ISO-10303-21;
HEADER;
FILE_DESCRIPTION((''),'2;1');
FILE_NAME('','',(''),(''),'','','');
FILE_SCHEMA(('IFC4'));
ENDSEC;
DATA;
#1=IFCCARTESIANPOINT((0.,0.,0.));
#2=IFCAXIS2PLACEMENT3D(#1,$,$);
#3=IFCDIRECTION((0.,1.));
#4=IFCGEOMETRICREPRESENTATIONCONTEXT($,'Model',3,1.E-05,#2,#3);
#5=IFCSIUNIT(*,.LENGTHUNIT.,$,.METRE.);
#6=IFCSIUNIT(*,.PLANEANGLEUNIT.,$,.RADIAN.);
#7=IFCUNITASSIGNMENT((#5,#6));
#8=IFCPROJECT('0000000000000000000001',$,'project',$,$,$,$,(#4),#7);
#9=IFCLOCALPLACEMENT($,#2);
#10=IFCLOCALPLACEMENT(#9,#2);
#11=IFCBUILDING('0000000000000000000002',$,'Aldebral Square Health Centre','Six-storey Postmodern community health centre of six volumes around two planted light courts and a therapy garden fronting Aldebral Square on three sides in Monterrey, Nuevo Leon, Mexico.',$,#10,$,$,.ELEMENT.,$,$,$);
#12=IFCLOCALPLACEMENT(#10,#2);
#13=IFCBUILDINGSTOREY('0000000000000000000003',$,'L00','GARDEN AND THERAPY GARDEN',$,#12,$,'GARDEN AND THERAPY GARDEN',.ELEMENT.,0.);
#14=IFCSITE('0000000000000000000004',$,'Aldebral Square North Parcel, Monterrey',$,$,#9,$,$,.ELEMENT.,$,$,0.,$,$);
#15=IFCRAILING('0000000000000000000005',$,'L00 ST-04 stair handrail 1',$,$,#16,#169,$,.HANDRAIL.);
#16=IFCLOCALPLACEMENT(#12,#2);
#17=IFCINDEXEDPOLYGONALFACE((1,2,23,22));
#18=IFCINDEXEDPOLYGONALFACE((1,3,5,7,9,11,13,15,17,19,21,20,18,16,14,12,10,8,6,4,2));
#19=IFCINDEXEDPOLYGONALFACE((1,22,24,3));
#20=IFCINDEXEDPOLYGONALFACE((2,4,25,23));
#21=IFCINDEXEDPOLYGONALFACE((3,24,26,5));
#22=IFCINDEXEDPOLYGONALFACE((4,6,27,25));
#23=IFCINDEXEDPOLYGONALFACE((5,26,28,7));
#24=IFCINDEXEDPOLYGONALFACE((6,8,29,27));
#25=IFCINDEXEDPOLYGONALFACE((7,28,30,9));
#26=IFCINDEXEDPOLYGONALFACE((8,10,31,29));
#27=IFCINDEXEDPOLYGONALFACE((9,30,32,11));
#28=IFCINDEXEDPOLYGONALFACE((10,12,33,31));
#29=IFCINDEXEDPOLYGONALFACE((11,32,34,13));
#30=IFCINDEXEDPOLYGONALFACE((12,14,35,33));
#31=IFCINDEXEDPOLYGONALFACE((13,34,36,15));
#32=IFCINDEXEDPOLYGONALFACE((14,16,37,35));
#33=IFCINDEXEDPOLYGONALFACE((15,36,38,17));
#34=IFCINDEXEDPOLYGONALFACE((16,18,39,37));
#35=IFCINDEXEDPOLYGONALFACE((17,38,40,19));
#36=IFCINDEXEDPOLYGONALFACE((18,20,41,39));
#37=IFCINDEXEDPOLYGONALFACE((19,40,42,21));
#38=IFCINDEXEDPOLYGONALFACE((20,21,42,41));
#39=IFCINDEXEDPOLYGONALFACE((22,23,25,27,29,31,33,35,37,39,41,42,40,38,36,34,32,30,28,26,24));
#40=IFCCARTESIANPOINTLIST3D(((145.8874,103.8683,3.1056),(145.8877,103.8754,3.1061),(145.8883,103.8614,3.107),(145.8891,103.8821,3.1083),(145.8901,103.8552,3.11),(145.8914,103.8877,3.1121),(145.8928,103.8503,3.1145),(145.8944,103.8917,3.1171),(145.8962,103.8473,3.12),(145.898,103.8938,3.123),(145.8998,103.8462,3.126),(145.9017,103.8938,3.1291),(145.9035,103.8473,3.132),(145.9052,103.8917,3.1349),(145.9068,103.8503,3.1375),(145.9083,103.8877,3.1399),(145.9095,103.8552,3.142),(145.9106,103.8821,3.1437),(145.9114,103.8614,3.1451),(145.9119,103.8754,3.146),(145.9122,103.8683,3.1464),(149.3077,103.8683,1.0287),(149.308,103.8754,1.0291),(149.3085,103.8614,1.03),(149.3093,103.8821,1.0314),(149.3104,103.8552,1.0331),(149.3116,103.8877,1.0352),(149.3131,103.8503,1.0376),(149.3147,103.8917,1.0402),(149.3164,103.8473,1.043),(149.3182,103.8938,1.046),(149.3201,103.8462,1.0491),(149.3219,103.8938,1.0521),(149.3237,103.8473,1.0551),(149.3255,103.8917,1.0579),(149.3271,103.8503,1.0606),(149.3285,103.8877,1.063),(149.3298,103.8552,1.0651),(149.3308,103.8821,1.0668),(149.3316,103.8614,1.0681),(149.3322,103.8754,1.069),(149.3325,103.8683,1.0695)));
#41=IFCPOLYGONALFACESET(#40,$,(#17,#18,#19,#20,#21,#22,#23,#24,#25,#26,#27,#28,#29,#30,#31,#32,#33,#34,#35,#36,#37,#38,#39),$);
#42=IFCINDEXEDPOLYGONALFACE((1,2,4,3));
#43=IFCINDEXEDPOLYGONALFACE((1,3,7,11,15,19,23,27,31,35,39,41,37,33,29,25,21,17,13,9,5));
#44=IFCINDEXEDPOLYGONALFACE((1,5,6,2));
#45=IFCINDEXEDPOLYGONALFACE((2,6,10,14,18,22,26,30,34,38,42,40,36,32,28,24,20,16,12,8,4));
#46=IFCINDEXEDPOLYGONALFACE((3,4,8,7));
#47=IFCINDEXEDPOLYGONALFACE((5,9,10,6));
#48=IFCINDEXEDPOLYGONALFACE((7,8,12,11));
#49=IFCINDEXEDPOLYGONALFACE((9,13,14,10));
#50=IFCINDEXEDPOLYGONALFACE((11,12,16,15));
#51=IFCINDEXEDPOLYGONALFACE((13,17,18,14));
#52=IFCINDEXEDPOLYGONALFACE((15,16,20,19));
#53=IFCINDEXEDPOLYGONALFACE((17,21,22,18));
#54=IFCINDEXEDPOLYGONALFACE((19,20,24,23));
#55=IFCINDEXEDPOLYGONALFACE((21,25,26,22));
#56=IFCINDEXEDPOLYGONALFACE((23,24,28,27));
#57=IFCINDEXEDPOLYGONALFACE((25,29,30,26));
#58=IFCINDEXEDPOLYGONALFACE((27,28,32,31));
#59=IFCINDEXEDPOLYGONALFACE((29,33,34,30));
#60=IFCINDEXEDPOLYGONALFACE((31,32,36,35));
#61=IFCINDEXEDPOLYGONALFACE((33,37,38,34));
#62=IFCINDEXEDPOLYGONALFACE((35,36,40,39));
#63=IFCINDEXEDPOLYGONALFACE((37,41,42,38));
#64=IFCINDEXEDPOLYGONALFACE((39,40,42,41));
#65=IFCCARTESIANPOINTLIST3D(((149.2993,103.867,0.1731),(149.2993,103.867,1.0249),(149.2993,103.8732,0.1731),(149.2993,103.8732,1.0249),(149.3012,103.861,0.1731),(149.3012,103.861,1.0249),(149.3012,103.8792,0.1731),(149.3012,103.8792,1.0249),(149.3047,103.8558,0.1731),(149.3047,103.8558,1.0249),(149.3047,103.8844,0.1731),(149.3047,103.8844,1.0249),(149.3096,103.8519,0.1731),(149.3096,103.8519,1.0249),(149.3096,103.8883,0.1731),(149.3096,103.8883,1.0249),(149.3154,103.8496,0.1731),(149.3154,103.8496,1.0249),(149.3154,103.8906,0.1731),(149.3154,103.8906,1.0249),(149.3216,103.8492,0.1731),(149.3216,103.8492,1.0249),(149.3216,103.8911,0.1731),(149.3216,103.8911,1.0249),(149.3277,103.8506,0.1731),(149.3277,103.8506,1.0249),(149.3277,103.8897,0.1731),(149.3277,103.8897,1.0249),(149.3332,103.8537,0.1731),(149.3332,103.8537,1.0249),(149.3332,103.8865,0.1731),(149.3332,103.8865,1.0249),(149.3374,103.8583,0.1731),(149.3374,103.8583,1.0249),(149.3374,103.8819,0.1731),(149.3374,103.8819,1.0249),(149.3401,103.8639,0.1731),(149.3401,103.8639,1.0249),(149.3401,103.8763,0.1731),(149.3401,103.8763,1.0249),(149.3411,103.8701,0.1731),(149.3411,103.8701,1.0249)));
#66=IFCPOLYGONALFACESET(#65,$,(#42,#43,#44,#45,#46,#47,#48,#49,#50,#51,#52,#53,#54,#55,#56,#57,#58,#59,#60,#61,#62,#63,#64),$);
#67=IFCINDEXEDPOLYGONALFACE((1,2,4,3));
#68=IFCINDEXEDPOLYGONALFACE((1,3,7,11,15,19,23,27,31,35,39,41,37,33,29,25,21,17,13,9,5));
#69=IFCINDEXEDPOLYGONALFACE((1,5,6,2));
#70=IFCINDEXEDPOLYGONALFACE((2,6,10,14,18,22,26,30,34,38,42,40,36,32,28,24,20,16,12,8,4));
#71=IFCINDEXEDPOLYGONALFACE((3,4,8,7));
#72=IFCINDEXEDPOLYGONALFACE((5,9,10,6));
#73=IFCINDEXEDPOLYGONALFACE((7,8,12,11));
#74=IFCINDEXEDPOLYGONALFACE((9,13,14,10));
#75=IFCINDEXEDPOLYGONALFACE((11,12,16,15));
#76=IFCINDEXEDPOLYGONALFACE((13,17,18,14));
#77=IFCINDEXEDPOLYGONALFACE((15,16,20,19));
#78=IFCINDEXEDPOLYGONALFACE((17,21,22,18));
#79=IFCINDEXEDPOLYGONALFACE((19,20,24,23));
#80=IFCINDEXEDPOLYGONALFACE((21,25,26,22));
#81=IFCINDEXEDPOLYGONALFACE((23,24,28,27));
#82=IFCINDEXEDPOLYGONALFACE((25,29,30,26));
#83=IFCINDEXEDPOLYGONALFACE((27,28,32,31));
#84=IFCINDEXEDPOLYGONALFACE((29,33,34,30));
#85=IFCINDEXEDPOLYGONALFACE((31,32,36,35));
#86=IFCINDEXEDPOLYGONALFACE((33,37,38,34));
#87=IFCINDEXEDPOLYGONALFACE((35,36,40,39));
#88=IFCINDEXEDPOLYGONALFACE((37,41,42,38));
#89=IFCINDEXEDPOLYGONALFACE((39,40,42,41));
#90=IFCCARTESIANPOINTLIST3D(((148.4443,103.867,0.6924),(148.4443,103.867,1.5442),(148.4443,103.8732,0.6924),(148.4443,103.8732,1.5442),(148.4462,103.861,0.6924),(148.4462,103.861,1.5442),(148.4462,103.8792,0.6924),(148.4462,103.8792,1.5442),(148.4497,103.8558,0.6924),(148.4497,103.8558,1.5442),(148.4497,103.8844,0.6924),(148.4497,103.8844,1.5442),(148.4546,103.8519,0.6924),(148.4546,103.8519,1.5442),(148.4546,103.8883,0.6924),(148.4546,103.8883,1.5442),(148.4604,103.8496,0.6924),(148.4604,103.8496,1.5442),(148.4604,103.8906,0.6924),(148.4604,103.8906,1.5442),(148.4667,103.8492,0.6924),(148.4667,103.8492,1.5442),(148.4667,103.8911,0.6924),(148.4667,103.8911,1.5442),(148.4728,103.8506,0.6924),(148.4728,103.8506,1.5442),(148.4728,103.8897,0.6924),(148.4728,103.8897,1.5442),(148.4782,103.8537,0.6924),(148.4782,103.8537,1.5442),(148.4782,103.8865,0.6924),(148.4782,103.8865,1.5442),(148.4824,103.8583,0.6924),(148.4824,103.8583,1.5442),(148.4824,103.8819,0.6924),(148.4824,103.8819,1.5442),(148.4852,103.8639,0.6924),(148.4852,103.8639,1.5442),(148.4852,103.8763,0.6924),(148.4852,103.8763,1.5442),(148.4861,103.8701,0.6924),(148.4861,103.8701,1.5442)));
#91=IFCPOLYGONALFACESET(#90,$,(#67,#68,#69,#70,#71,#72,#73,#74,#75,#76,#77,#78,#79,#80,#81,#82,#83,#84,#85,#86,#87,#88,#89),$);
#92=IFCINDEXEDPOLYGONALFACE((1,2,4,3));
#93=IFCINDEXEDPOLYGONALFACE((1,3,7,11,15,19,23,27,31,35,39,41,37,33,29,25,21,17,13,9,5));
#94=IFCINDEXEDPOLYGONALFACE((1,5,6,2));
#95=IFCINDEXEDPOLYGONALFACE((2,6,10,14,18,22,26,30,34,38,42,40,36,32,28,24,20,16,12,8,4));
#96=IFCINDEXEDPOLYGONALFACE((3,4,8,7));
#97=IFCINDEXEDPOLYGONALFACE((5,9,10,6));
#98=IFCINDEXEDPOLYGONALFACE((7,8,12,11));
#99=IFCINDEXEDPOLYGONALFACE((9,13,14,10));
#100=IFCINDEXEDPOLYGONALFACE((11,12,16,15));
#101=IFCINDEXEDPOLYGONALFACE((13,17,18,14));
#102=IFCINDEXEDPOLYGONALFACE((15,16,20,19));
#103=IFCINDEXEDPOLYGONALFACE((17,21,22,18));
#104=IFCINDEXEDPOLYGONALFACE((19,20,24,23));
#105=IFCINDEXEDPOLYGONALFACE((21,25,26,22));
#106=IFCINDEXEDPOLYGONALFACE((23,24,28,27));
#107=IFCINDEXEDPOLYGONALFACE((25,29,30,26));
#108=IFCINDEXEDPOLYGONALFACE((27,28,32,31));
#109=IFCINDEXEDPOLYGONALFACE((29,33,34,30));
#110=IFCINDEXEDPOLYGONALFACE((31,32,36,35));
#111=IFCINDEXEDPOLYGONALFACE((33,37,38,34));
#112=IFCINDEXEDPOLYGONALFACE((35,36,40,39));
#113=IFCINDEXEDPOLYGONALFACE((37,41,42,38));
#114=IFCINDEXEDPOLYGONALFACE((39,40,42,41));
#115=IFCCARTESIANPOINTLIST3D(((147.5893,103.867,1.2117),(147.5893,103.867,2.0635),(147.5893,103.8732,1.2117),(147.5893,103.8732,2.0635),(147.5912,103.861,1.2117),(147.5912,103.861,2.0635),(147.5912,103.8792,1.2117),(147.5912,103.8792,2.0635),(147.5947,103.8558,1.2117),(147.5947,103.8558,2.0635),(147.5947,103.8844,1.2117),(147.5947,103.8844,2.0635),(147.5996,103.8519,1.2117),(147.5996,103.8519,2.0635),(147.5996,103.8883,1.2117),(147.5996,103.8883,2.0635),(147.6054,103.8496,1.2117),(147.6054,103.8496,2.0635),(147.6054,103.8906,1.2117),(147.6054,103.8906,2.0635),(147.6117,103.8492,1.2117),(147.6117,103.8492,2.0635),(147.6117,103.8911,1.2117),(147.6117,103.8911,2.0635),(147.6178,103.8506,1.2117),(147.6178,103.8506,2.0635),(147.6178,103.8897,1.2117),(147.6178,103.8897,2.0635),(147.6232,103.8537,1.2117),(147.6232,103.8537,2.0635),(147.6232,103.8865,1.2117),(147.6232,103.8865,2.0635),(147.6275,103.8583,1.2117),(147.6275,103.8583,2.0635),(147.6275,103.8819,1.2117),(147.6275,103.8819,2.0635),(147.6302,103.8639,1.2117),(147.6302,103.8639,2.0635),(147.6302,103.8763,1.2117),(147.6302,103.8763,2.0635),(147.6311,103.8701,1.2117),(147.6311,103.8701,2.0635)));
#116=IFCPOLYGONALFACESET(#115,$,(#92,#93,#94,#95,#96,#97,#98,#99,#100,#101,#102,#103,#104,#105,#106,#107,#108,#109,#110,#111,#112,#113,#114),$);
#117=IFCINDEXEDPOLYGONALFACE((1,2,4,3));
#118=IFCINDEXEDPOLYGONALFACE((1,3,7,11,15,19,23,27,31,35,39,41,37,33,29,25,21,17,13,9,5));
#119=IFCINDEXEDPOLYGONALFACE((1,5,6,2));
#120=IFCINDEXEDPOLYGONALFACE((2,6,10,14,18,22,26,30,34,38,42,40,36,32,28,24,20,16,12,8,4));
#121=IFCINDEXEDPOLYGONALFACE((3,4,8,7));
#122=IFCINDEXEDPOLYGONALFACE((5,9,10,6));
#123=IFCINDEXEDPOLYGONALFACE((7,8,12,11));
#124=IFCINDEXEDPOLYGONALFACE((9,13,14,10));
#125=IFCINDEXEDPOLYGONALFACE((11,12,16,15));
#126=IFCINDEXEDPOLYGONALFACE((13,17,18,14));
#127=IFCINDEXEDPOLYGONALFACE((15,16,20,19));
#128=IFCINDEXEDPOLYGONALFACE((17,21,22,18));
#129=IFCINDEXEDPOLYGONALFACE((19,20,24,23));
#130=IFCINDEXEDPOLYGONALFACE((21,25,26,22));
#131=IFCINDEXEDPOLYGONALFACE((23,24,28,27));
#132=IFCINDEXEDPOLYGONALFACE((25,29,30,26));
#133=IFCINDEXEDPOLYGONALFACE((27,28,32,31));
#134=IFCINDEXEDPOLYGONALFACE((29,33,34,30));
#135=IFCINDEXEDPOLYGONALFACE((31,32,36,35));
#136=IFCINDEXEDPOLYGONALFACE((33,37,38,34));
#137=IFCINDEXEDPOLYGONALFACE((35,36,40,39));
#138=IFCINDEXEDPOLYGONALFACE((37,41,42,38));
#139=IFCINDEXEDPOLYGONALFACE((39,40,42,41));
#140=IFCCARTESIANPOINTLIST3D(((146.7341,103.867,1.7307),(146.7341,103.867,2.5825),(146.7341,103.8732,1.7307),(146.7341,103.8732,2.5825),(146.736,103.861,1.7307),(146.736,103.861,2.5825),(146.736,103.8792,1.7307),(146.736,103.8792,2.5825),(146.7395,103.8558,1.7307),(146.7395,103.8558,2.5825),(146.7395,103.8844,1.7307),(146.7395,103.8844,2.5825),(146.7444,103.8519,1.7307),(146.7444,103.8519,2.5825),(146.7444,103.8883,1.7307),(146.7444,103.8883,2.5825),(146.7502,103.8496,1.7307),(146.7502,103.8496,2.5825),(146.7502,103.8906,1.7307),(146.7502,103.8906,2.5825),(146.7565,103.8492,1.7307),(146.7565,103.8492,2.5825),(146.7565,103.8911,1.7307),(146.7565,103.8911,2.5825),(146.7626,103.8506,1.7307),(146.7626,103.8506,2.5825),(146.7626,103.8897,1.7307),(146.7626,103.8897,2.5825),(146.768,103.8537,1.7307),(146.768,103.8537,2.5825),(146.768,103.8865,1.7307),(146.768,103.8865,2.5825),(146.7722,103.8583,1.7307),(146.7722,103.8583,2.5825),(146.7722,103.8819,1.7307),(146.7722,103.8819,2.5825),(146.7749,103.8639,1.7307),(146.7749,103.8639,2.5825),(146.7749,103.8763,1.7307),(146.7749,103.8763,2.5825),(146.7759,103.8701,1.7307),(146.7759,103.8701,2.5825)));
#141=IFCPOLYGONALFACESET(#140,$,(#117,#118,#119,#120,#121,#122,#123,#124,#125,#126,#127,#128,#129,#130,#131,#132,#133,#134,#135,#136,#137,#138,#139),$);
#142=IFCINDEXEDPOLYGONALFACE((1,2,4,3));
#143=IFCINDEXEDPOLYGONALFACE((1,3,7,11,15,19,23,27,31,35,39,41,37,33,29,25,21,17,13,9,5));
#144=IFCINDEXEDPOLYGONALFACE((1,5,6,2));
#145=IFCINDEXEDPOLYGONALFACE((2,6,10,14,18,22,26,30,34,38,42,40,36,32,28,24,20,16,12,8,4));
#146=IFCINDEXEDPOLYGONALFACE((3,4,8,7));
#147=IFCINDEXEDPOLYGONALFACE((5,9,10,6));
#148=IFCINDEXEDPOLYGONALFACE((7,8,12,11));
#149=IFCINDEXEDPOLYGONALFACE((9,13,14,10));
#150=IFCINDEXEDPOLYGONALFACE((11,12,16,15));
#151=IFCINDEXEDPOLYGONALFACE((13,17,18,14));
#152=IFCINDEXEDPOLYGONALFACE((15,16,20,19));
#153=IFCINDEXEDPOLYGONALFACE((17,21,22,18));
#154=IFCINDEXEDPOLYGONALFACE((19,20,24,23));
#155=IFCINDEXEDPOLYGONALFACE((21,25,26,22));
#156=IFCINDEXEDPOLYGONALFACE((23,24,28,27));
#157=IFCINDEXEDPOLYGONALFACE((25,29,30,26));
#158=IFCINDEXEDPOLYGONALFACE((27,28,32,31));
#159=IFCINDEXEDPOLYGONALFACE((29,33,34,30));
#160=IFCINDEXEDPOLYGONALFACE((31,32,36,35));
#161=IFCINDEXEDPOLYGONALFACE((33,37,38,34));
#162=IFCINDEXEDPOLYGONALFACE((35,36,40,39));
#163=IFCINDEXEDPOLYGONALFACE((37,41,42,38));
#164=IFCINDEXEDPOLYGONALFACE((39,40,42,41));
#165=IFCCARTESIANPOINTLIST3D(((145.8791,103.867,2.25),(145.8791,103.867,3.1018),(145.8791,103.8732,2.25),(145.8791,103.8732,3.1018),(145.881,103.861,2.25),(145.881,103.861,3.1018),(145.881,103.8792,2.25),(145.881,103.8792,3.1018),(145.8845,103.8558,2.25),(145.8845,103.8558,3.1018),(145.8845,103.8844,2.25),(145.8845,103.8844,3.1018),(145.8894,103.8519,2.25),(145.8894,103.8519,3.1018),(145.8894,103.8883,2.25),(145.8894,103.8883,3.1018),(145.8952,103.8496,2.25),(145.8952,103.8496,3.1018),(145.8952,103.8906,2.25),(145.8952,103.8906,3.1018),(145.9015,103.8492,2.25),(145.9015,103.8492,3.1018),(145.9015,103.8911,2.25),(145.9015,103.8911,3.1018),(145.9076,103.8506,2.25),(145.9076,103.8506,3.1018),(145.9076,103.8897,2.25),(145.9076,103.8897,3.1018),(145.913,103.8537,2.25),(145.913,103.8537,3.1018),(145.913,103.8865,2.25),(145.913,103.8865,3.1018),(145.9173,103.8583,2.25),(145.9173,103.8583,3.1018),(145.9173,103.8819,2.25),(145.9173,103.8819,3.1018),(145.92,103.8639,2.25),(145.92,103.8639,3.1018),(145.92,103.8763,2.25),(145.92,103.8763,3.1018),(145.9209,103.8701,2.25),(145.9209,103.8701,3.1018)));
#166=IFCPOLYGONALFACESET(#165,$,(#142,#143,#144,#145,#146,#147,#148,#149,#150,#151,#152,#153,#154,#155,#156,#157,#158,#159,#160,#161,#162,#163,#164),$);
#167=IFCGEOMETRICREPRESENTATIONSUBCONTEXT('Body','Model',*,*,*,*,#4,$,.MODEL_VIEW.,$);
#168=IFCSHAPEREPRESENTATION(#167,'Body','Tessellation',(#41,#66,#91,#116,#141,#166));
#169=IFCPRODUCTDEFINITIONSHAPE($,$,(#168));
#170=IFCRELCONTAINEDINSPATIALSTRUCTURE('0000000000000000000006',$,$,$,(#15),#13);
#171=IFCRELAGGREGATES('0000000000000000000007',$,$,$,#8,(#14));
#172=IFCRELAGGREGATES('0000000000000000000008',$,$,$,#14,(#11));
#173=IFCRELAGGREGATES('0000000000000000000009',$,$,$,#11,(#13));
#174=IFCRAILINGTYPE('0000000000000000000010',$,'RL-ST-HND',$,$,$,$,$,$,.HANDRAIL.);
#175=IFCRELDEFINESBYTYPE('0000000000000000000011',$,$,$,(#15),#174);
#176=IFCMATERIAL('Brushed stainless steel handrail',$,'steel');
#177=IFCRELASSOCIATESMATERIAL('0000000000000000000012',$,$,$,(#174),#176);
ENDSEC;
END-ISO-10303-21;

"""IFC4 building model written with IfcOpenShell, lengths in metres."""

from ifc_helpers import new_model, si_unit, direction, frame, origin, origin_2d, place, context, subcontext, project, spatial, circle, extrude, material, type_object, element, save


model = new_model("IFC4")

# Units and contexts
model_context = context("Model", 3, precision=1e-05, world=origin(), true_north=direction((0.0, 1.0)))
body_context = subcontext(model_context, "Body", "Model", "MODEL_VIEW")
ifc_project = project(units=[si_unit("LENGTHUNIT", "METRE"), si_unit("PLANEANGLEUNIT", "RADIAN")], contexts=[model_context])

# Site, building, storey
site_placement = place(None, origin())
site = spatial("IfcSite", under=ifc_project, at=site_placement, Name="Aldebral Square North Parcel, Monterrey", CompositionType="ELEMENT", RefElevation=0.0)
building_placement = place(site_placement, origin())
building = spatial("IfcBuilding", under=site, at=building_placement, Name="Aldebral Square Health Centre", Description="Six-storey Postmodern community health centre of six volumes around two planted light courts and a therapy garden fronting Aldebral Square on three sides in Monterrey, Nuevo Leon, Mexico.", CompositionType="ELEMENT")
storey_placement = place(building_placement, origin())
storey = spatial("IfcBuildingStorey", under=building, at=storey_placement, Name="L00", Description="GARDEN AND THERAPY GARDEN", LongName="GARDEN AND THERAPY GARDEN", CompositionType="ELEMENT", Elevation=0.0)

# Railing
ifc_material_1 = material(Name="Brushed stainless steel handrail", Category="steel")
railing_type_1 = type_object("IfcRailingType", Name="RL-ST-HND", PredefinedType="HANDRAIL", material=ifc_material_1)
railing_1_placement = place(storey_placement, frame((149.3201, 103.8701, 0.1731)))
element("IfcRailing", 1, at=railing_1_placement, inside=storey, type_object=railing_type_1, Name="L00 ST-04 stair handrail 1", PredefinedType="HANDRAIL", context=body_context, shape_type="SweptSolid", body=[
    extrude(circle(Radius=0.0239, at=origin_2d()), frame((0.0, 0.0, 0.876), z_axis=(-0.854746, 0.0, 0.519047), x_axis=(0.0, -1.0, 0.0)), (0.0, 0.0, 1.0), 4.0015),
    extrude(circle(Radius=0.021, at=origin_2d()), origin(), (0.0, 0.0, 1.0), 0.8518),
    extrude(circle(Radius=0.021, at=origin_2d()), frame((-0.855, 0.0, 0.5193)), (0.0, 0.0, 1.0), 0.8518),
    extrude(circle(Radius=0.021, at=origin_2d()), frame((-1.71, 0.0, 1.0386)), (0.0, 0.0, 1.0), 0.8518),
    extrude(circle(Radius=0.021, at=origin_2d()), frame((-2.5652, 0.0, 1.5576)), (0.0, 0.0, 1.0), 0.8518),
    extrude(circle(Radius=0.021, at=origin_2d()), frame((-3.4202, 0.0, 2.0769)), (0.0, 0.0, 1.0), 0.8518),
])

save(model, "model.ifc")
